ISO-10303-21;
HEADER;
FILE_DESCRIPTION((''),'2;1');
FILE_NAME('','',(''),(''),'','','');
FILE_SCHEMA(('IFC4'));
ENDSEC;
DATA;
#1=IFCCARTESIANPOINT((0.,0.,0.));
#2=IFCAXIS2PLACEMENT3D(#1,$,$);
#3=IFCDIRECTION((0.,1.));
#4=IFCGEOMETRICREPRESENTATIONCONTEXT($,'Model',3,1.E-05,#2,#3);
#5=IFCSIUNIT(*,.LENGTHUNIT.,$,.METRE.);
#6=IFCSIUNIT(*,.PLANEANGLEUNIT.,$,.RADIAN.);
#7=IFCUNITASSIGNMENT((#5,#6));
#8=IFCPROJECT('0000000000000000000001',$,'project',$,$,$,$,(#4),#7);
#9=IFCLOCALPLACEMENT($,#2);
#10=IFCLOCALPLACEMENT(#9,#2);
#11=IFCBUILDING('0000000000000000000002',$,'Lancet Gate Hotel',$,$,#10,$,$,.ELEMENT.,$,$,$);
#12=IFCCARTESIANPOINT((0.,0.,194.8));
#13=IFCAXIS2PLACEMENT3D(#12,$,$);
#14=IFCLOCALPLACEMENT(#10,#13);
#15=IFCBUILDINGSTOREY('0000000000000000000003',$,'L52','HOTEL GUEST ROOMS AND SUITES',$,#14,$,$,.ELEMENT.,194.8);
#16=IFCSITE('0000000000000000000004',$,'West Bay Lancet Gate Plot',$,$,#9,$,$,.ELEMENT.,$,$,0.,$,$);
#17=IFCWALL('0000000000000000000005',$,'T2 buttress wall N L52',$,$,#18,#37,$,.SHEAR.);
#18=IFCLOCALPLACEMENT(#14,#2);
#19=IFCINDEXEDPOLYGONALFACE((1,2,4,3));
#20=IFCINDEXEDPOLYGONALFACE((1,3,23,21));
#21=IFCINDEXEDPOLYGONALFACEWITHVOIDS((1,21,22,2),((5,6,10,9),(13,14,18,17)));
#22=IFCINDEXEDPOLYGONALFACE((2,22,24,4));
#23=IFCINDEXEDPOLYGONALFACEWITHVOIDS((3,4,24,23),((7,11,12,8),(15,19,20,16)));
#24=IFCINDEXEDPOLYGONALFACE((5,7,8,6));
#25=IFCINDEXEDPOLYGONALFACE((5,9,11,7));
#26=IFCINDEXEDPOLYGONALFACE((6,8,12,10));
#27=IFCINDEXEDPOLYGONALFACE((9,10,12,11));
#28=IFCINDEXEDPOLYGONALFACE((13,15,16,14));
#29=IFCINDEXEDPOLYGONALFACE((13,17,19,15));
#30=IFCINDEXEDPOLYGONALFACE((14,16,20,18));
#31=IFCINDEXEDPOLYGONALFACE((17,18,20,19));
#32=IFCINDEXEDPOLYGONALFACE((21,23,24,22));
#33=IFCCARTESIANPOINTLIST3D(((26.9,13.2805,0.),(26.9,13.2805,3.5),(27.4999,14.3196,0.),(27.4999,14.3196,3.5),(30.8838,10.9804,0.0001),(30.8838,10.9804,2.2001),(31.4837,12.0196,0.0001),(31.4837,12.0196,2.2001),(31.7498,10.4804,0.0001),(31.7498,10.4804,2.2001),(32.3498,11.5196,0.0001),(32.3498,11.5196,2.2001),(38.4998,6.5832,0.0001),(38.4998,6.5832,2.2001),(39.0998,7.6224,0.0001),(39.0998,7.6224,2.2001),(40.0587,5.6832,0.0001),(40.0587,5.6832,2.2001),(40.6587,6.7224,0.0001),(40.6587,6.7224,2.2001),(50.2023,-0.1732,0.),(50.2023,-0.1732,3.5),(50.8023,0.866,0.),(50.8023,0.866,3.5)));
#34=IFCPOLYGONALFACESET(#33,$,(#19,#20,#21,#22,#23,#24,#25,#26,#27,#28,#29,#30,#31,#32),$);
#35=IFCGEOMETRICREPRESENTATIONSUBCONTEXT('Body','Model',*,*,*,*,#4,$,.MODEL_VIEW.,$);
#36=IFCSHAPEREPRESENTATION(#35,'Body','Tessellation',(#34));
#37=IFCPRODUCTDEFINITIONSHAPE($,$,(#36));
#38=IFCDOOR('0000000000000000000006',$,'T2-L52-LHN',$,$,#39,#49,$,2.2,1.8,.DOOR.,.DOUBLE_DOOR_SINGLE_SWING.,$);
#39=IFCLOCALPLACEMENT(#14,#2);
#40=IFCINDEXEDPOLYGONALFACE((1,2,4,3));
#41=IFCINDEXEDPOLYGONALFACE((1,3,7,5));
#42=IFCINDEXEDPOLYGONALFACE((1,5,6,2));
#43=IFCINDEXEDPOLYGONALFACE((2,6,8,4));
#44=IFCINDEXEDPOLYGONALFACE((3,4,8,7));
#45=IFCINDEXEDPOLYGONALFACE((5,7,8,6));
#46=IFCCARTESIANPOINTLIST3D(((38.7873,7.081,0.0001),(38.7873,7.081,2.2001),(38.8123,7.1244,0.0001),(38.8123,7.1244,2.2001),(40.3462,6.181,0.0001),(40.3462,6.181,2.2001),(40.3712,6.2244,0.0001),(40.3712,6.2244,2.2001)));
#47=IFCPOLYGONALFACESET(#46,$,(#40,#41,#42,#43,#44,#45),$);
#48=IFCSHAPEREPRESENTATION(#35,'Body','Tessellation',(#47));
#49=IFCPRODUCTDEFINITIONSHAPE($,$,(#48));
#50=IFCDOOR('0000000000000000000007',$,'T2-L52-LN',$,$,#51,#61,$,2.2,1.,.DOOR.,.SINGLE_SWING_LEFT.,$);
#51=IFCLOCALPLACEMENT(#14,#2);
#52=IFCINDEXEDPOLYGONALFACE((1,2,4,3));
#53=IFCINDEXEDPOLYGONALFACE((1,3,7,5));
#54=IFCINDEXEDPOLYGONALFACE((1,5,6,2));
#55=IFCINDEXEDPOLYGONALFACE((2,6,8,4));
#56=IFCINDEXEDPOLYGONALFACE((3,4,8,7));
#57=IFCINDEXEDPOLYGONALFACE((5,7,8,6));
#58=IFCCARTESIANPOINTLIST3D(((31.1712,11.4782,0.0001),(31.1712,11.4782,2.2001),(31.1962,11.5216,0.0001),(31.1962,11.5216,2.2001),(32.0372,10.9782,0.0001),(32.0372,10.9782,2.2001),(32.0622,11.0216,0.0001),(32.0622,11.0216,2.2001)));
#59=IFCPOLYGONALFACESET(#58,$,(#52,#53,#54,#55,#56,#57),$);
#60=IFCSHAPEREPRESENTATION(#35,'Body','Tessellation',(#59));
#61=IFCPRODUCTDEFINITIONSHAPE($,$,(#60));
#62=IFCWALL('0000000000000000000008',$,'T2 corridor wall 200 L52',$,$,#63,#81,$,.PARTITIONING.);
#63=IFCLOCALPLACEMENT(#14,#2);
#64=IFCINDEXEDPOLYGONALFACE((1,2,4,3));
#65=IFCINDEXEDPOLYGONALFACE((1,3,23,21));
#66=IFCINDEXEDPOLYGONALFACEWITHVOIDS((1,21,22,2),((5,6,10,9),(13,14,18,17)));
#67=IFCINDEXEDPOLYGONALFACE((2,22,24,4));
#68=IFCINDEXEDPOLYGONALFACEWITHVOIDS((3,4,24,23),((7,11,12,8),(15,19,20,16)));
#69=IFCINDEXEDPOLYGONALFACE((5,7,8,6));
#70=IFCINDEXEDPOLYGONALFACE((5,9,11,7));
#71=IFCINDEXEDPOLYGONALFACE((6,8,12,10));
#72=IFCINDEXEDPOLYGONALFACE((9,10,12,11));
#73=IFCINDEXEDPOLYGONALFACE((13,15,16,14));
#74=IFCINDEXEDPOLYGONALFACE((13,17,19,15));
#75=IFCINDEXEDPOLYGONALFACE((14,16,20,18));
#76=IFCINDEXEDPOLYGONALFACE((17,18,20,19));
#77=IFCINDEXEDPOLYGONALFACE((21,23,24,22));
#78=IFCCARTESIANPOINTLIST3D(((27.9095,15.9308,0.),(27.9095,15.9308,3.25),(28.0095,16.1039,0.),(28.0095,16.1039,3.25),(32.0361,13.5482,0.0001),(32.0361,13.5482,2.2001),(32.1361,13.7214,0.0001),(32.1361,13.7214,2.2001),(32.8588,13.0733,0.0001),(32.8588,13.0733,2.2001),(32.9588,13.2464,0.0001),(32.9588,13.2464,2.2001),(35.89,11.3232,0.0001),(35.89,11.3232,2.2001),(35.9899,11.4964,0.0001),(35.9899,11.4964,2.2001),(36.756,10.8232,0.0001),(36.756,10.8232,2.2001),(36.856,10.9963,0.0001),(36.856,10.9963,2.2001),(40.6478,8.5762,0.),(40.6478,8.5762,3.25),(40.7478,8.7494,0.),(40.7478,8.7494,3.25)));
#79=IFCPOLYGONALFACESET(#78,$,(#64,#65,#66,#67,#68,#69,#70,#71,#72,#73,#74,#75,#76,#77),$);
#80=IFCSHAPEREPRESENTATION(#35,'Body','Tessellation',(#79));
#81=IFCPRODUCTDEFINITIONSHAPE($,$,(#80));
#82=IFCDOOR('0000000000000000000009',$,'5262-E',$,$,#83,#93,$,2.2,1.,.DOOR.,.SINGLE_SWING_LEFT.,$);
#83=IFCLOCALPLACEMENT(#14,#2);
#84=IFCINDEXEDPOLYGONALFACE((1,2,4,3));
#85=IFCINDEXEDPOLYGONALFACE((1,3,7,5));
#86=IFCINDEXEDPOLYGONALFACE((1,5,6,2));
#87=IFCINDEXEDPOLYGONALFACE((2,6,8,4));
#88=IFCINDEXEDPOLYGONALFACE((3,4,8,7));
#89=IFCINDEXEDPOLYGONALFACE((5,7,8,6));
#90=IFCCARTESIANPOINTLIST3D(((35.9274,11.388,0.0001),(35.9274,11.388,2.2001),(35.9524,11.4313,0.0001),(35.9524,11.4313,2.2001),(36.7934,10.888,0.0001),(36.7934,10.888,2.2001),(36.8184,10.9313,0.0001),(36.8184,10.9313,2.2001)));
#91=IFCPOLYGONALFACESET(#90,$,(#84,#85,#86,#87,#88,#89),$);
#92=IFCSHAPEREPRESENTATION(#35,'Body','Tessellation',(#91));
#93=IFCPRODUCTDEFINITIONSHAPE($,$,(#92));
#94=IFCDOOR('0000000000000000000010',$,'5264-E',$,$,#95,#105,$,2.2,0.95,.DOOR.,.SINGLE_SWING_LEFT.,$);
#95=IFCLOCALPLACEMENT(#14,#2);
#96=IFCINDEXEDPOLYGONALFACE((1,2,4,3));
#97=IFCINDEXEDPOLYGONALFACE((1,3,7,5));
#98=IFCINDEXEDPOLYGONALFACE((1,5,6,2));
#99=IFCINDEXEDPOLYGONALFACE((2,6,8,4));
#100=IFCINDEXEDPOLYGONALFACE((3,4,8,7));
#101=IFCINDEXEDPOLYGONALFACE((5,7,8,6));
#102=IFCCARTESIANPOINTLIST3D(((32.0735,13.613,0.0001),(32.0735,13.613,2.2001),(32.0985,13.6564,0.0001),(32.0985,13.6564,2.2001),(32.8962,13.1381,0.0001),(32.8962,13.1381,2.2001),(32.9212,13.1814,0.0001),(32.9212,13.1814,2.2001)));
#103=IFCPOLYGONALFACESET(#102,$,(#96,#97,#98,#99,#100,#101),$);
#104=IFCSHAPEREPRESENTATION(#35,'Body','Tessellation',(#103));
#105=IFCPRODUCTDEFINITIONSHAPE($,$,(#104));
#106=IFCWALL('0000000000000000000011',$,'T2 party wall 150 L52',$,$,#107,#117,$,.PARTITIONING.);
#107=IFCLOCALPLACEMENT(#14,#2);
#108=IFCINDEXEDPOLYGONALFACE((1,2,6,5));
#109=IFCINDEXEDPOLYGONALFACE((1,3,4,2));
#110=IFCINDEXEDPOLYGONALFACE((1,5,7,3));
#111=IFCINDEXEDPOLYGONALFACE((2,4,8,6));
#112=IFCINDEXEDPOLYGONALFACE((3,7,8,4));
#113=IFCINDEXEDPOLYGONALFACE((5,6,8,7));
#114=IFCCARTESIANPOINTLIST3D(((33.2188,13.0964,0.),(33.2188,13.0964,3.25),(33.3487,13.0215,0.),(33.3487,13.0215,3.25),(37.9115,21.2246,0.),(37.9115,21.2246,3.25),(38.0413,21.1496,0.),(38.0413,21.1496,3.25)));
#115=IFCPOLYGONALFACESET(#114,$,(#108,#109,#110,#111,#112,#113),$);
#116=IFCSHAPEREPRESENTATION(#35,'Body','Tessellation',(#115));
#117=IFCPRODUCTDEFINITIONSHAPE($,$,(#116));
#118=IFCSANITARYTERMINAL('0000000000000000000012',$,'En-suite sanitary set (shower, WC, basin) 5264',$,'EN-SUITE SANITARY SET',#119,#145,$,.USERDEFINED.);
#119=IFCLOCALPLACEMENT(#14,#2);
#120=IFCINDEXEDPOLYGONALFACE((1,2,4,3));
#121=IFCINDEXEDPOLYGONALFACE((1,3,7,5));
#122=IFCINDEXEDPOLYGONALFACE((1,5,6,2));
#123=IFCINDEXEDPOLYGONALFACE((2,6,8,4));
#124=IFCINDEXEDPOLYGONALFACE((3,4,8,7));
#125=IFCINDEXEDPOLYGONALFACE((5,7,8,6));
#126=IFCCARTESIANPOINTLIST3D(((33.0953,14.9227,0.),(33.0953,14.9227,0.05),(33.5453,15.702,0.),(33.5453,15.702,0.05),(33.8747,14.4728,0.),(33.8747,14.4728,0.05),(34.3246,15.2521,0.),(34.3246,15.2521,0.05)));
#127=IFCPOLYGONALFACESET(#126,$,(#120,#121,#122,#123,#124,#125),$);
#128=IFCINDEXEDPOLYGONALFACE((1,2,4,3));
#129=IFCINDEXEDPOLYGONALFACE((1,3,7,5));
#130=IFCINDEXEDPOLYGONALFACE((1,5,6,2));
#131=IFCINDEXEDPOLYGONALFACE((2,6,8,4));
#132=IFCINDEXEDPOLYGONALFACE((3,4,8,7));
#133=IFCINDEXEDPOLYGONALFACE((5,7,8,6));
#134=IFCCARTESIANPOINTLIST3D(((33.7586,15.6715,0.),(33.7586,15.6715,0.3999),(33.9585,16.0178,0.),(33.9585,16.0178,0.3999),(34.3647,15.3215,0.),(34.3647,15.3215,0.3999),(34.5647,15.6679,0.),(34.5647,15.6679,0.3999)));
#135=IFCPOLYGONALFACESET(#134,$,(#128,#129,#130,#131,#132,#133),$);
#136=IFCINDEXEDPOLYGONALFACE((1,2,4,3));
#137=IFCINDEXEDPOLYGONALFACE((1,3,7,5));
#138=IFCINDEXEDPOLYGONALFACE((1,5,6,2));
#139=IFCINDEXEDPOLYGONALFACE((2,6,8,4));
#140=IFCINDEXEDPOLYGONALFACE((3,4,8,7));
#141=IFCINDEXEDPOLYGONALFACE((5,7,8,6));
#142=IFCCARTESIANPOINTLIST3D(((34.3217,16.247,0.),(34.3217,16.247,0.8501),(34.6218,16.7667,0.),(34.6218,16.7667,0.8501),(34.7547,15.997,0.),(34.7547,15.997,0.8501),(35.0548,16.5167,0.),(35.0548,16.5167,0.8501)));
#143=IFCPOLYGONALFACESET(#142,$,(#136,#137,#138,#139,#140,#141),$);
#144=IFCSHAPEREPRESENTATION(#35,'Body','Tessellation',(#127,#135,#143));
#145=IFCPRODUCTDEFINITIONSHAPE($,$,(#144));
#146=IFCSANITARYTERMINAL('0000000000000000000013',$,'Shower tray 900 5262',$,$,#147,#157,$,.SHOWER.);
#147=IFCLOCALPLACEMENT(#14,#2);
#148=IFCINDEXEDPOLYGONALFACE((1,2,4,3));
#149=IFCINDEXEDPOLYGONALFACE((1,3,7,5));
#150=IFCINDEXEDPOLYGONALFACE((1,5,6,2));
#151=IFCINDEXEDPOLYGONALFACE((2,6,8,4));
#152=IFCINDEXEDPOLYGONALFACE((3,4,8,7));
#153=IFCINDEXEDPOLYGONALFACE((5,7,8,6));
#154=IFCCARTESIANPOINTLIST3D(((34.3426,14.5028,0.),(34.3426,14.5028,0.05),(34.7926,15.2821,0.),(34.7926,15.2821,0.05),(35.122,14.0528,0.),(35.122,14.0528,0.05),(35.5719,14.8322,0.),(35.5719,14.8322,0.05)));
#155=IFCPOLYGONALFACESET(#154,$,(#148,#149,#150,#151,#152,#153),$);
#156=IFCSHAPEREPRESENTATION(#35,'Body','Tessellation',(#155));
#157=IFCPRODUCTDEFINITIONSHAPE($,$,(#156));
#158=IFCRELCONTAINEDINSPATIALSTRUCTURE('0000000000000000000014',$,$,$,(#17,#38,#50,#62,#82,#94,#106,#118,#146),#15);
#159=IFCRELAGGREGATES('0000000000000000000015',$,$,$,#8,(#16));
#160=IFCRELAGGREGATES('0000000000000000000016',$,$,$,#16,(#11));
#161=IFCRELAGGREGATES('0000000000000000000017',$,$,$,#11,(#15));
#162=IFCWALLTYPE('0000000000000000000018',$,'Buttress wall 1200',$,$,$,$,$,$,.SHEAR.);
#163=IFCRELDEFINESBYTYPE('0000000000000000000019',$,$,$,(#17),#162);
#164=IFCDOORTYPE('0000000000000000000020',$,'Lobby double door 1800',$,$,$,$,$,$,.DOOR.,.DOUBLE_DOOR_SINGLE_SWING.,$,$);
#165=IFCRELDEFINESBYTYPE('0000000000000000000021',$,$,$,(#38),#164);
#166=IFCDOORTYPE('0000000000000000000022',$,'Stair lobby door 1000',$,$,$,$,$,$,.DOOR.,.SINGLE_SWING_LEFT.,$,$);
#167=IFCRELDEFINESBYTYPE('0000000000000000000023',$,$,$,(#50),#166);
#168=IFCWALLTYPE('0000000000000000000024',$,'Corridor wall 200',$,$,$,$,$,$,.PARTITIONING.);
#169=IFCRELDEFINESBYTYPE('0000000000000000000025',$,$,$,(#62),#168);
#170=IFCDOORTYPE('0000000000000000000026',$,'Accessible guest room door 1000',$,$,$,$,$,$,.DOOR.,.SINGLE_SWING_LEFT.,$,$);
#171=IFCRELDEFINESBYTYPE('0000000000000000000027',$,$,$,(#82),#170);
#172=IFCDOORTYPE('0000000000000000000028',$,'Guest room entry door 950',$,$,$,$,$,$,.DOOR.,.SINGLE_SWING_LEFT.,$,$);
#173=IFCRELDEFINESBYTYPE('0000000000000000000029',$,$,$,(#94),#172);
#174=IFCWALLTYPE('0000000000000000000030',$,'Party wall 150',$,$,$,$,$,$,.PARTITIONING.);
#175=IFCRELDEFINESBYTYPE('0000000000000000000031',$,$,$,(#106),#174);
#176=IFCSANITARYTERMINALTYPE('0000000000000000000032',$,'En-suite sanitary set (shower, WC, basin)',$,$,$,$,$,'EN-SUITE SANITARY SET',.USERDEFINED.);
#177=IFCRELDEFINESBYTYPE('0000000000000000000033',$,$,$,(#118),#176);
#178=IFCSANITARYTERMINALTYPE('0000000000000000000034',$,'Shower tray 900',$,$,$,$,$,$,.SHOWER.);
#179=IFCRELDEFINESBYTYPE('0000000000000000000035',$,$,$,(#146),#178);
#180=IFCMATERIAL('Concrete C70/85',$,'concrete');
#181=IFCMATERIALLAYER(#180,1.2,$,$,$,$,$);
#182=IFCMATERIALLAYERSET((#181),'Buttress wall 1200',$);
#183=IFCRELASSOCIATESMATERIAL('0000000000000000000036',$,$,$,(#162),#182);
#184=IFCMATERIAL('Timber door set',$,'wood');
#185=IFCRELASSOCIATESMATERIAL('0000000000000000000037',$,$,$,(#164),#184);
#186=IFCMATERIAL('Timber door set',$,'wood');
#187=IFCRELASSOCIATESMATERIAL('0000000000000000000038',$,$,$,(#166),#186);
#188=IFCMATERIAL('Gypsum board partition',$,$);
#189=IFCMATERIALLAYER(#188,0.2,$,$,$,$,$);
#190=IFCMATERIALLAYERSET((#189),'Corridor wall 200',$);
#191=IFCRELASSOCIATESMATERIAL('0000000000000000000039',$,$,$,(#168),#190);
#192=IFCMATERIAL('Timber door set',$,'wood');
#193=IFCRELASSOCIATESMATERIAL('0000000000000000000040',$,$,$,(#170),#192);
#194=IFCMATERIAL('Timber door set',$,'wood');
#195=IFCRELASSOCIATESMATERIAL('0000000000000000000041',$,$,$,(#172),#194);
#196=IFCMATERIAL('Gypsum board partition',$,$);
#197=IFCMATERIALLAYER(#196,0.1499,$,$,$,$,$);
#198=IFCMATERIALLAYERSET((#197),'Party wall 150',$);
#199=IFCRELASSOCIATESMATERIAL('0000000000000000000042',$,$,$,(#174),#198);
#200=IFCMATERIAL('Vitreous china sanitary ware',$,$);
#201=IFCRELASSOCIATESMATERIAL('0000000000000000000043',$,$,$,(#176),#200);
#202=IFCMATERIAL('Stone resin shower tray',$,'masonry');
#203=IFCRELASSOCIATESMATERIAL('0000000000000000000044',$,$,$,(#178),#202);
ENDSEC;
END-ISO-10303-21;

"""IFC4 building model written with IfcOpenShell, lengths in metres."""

from ifc_helpers import new_model, si_unit, direction, frame, frame_2d, origin, origin_2d, place, context, subcontext, project, spatial, rectangle, extrude, material, layer, layer_set, type_object, element, fill, save


model = new_model("IFC4")

# Units and contexts
model_context = context("Model", 3, precision=1e-05, world=origin(), true_north=direction((0.0, 1.0)))
body_context = subcontext(model_context, "Body", "Model", "MODEL_VIEW")
ifc_project = project(units=[si_unit("LENGTHUNIT", "METRE"), si_unit("PLANEANGLEUNIT", "RADIAN")], contexts=[model_context])

# Site, building, storey
site_placement = place(None, origin())
site = spatial("IfcSite", under=ifc_project, at=site_placement, Name="West Bay Lancet Gate Plot", CompositionType="ELEMENT", RefElevation=0.0)
building_placement = place(site_placement, origin())
building = spatial("IfcBuilding", under=site, at=building_placement, Name="Lancet Gate Hotel", CompositionType="ELEMENT")
storey_placement = place(building_placement, frame((0.0, 0.0, 194.8)))
storey = spatial("IfcBuildingStorey", under=building, at=storey_placement, Name="L52", Description="HOTEL GUEST ROOMS AND SUITES", CompositionType="ELEMENT", Elevation=194.8)

# Walls, openings, doors
ifc_material_1 = material(Name="Concrete C70/85", Category="concrete")
ifc_layer_1 = layer(ifc_material_1, 1.2)
ifc_layer_set_1 = layer_set([ifc_layer_1], Name="Buttress wall 1200")
wall_type_1 = type_object("IfcWallType", Name="Buttress wall 1200", PredefinedType="SHEAR", material=ifc_layer_set_1)
wall_1_placement = place(storey_placement, frame((27.2, 13.8, 0.0), z_axis=(0.0, 0.0, 1.0), x_axis=(0.866025, -0.500002, 0.0)))
wall_1 = element("IfcWall", 1, at=wall_1_placement, inside=storey, type_object=wall_type_1, Name="T2 buttress wall N L52", PredefinedType="SHEAR", context=body_context, shape_type="SweptSolid", body=[
    extrude(rectangle(XDim=26.9072, YDim=1.2, at=frame_2d((13.4536, 0.0))), origin(), (0.0, 0.0, 1.0), 3.5),
])
opening_1_placement = place(wall_1_placement, frame((4.6001, 0.0, 0.0)))
opening_1 = element("IfcOpeningElement", 2, at=opening_1_placement, cuts=wall_1, PredefinedType="OPENING", context=body_context, shape_type="SweptSolid", body=[
    extrude(rectangle(XDim=1.0, YDim=2.2, at=frame_2d((0.5, 1.1001))), frame((0.0, 0.6099, 0.0), z_axis=(0.0, -1.0, 0.0), x_axis=(1.0, 0.0, 0.0)), (0.0, 0.0, 1.0), 1.22),
])
opening_2_placement = place(wall_1_placement, frame((13.3945, 0.0, 0.0)))
opening_2 = element("IfcOpeningElement", 3, at=opening_2_placement, cuts=wall_1, PredefinedType="OPENING", context=body_context, shape_type="SweptSolid", body=[
    extrude(rectangle(XDim=1.8, YDim=2.2, at=frame_2d((0.8999, 1.1001))), frame((0.0, 0.6099, 0.0), z_axis=(0.0, -1.0, 0.0), x_axis=(1.0, 0.0, 0.0)), (0.0, 0.0, 1.0), 1.22),
])
ifc_material_2 = material(Name="Timber door set", Category="wood")
door_type_1 = type_object("IfcDoorType", Name="Lobby double door 1800", OperationType="DOUBLE_DOOR_SINGLE_SWING", PredefinedType="DOOR", material=ifc_material_2)
door_1_placement = place(opening_2_placement, origin())
door_1 = element("IfcDoor", 4, at=door_1_placement, inside=storey, type_object=door_type_1, Name="T2-L52-LHN", OperationType="DOUBLE_DOOR_SINGLE_SWING", OverallHeight=2.2, OverallWidth=1.8, PredefinedType="DOOR", context=body_context, shape_type="SweptSolid", body=[
    extrude(rectangle(XDim=1.8, YDim=2.2, at=frame_2d((0.8999, 1.1001))), frame((0.0, 0.0249, 0.0), z_axis=(0.0, -1.0, 0.0), x_axis=(1.0, 0.0, 0.0)), (0.0, 0.0, 1.0), 0.05),
])
fill(opening_2, door_1)
ifc_material_3 = material(Name="Timber door set", Category="wood")
door_type_2 = type_object("IfcDoorType", Name="Stair lobby door 1000", OperationType="SINGLE_SWING_LEFT", PredefinedType="DOOR", material=ifc_material_3)
door_2_placement = place(opening_1_placement, origin())
door_2 = element("IfcDoor", 5, at=door_2_placement, inside=storey, type_object=door_type_2, Name="T2-L52-LN", OperationType="SINGLE_SWING_LEFT", OverallHeight=2.2, OverallWidth=1.0, PredefinedType="DOOR", context=body_context, shape_type="SweptSolid", body=[
    extrude(rectangle(XDim=1.0, YDim=2.2, at=frame_2d((0.5, 1.1001))), frame((0.0, 0.0249, 0.0), z_axis=(0.0, -1.0, 0.0), x_axis=(1.0, 0.0, 0.0)), (0.0, 0.0, 1.0), 0.05),
])
fill(opening_1, door_2)
ifc_material_4 = material(Name="Gypsum board partition")
ifc_layer_2 = layer(ifc_material_4, 0.2)
ifc_layer_set_2 = layer_set([ifc_layer_2], Name="Corridor wall 200")
wall_type_2 = type_object("IfcWallType", Name="Corridor wall 200", PredefinedType="PARTITIONING", material=ifc_layer_set_2)
wall_2_placement = place(storey_placement, frame((27.9595, 16.0173, 0.0), z_axis=(0.0, 0.0, 1.0), x_axis=(0.866024, -0.500002, 0.0)))
wall_2 = element("IfcWall", 6, at=wall_2_placement, inside=storey, type_object=wall_type_2, Name="T2 corridor wall 200 L52", PredefinedType="PARTITIONING", context=body_context, shape_type="SweptSolid", body=[
    extrude(rectangle(XDim=14.709, YDim=0.2, at=frame_2d((7.3545, 0.0))), origin(), (0.0, 0.0, 1.0), 3.25),
])
opening_3_placement = place(wall_2_placement, frame((9.2151, 0.0, 0.0)))
opening_3 = element("IfcOpeningElement", 7, at=opening_3_placement, cuts=wall_2, PredefinedType="OPENING", context=body_context, shape_type="SweptSolid", body=[
    extrude(rectangle(XDim=1.0, YDim=2.2, at=frame_2d((0.5, 1.1001))), frame((0.0, 0.1099, 0.0), z_axis=(0.0, -1.0, 0.0), x_axis=(1.0, 0.0, 0.0)), (0.0, 0.0, 1.0), 0.22),
])
opening_4_placement = place(wall_2_placement, frame((4.7649, 0.0, 0.0)))
opening_4 = element("IfcOpeningElement", 8, at=opening_4_placement, cuts=wall_2, PredefinedType="OPENING", context=body_context, shape_type="SweptSolid", body=[
    extrude(rectangle(XDim=0.95, YDim=2.2, at=frame_2d((0.4751, 1.1001))), frame((0.0, 0.1099, 0.0), z_axis=(0.0, -1.0, 0.0), x_axis=(1.0, 0.0, 0.0)), (0.0, 0.0, 1.0), 0.22),
])
ifc_material_5 = material(Name="Timber door set", Category="wood")
door_type_3 = type_object("IfcDoorType", Name="Accessible guest room door 1000", OperationType="SINGLE_SWING_LEFT", PredefinedType="DOOR", material=ifc_material_5)
door_3_placement = place(opening_3_placement, origin())
door_3 = element("IfcDoor", 9, at=door_3_placement, inside=storey, type_object=door_type_3, Name="5262-E", OperationType="SINGLE_SWING_LEFT", OverallHeight=2.2, OverallWidth=1.0, PredefinedType="DOOR", context=body_context, shape_type="SweptSolid", body=[
    extrude(rectangle(XDim=1.0, YDim=2.2, at=frame_2d((0.5, 1.1001))), frame((0.0, 0.0249, 0.0), z_axis=(0.0, -1.0, 0.0), x_axis=(1.0, 0.0, 0.0)), (0.0, 0.0, 1.0), 0.05),
])
fill(opening_3, door_3)
ifc_material_6 = material(Name="Timber door set", Category="wood")
door_type_4 = type_object("IfcDoorType", Name="Guest room entry door 950", OperationType="SINGLE_SWING_LEFT", PredefinedType="DOOR", material=ifc_material_6)
door_4_placement = place(opening_4_placement, origin())
door_4 = element("IfcDoor", 10, at=door_4_placement, inside=storey, type_object=door_type_4, Name="5264-E", OperationType="SINGLE_SWING_LEFT", OverallHeight=2.2, OverallWidth=0.95, PredefinedType="DOOR", context=body_context, shape_type="SweptSolid", body=[
    extrude(rectangle(XDim=0.95, YDim=2.2, at=frame_2d((0.4751, 1.1001))), frame((0.0, 0.0249, 0.0), z_axis=(0.0, -1.0, 0.0), x_axis=(1.0, 0.0, 0.0)), (0.0, 0.0, 1.0), 0.05),
])
fill(opening_4, door_4)

# Wall
ifc_material_7 = material(Name="Gypsum board partition")
ifc_layer_3 = layer(ifc_material_7, 0.1499)
ifc_layer_set_3 = layer_set([ifc_layer_3], Name="Party wall 150")
wall_type_3 = type_object("IfcWallType", Name="Party wall 150", PredefinedType="PARTITIONING", material=ifc_layer_set_3)
wall_3_placement = place(storey_placement, frame((33.2837, 13.0588, 0.0), z_axis=(0.0, 0.0, 1.0), x_axis=(0.499986, 0.866034, 0.0)))
element("IfcWall", 11, at=wall_3_placement, inside=storey, type_object=wall_type_3, Name="T2 party wall 150 L52", PredefinedType="PARTITIONING", context=body_context, shape_type="SweptSolid", body=[
    extrude(rectangle(XDim=9.3855, YDim=0.1499, at=frame_2d((4.6929, 0.0))), origin(), (0.0, 0.0, 1.0), 3.25),
])

# Sanitary terminals
ifc_material_8 = material(Name="Vitreous china sanitary ware")
sanitary_terminal_type_1 = type_object("IfcSanitaryTerminalType", Name="En-suite sanitary set (shower, WC, basin)", ElementType="EN-SUITE SANITARY SET", PredefinedType="USERDEFINED", material=ifc_material_8)
sanitary_terminal_1_placement = place(storey_placement, frame((33.71, 15.0874, 0.0), z_axis=(0.0, 0.0, 1.0), x_axis=(1.0, 0.0, 0.0)))
element("IfcSanitaryTerminal", 12, at=sanitary_terminal_1_placement, inside=storey, type_object=sanitary_terminal_type_1, Name="En-suite sanitary set (shower, WC, basin) 5264", ObjectType="EN-SUITE SANITARY SET", PredefinedType="USERDEFINED", context=body_context, shape_type="SweptSolid", body=[
    extrude(rectangle(XDim=0.8999, YDim=0.8999, at=origin_2d()), frame((0.0, 0.0, 0.0), z_axis=(0.0, 0.0, 1.0), x_axis=(-0.5, -0.866025, 0.0)), (0.0, 0.0, 1.0), 0.05),
    extrude(rectangle(XDim=0.3999, YDim=0.7, at=origin_2d()), frame((0.4517, 0.5823, 0.0), z_axis=(0.0, 0.0, 1.0), x_axis=(-0.5, -0.866025, 0.0)), (0.0, 0.0, 1.0), 0.3999),
    extrude(rectangle(XDim=0.6001, YDim=0.5, at=origin_2d()), frame((0.9783, 1.2944, 0.0), z_axis=(0.0, 0.0, 1.0), x_axis=(-0.5, -0.866025, 0.0)), (0.0, 0.0, 1.0), 0.8501),
])
ifc_material_9 = material(Name="Stone resin shower tray", Category="masonry")
sanitary_terminal_type_2 = type_object("IfcSanitaryTerminalType", Name="Shower tray 900", PredefinedType="SHOWER", material=ifc_material_9)
sanitary_terminal_2_placement = place(storey_placement, frame((34.9573, 14.6675, 0.0), z_axis=(0.0, 0.0, 1.0), x_axis=(0.5, 0.866025, 0.0)))
element("IfcSanitaryTerminal", 13, at=sanitary_terminal_2_placement, inside=storey, type_object=sanitary_terminal_type_2, Name="Shower tray 900 5262", PredefinedType="SHOWER", context=body_context, shape_type="SweptSolid", body=[
    extrude(rectangle(XDim=0.8999, YDim=0.8999, at=origin_2d()), origin(), (0.0, 0.0, 1.0), 0.05),
])

save(model, "model.ifc")
